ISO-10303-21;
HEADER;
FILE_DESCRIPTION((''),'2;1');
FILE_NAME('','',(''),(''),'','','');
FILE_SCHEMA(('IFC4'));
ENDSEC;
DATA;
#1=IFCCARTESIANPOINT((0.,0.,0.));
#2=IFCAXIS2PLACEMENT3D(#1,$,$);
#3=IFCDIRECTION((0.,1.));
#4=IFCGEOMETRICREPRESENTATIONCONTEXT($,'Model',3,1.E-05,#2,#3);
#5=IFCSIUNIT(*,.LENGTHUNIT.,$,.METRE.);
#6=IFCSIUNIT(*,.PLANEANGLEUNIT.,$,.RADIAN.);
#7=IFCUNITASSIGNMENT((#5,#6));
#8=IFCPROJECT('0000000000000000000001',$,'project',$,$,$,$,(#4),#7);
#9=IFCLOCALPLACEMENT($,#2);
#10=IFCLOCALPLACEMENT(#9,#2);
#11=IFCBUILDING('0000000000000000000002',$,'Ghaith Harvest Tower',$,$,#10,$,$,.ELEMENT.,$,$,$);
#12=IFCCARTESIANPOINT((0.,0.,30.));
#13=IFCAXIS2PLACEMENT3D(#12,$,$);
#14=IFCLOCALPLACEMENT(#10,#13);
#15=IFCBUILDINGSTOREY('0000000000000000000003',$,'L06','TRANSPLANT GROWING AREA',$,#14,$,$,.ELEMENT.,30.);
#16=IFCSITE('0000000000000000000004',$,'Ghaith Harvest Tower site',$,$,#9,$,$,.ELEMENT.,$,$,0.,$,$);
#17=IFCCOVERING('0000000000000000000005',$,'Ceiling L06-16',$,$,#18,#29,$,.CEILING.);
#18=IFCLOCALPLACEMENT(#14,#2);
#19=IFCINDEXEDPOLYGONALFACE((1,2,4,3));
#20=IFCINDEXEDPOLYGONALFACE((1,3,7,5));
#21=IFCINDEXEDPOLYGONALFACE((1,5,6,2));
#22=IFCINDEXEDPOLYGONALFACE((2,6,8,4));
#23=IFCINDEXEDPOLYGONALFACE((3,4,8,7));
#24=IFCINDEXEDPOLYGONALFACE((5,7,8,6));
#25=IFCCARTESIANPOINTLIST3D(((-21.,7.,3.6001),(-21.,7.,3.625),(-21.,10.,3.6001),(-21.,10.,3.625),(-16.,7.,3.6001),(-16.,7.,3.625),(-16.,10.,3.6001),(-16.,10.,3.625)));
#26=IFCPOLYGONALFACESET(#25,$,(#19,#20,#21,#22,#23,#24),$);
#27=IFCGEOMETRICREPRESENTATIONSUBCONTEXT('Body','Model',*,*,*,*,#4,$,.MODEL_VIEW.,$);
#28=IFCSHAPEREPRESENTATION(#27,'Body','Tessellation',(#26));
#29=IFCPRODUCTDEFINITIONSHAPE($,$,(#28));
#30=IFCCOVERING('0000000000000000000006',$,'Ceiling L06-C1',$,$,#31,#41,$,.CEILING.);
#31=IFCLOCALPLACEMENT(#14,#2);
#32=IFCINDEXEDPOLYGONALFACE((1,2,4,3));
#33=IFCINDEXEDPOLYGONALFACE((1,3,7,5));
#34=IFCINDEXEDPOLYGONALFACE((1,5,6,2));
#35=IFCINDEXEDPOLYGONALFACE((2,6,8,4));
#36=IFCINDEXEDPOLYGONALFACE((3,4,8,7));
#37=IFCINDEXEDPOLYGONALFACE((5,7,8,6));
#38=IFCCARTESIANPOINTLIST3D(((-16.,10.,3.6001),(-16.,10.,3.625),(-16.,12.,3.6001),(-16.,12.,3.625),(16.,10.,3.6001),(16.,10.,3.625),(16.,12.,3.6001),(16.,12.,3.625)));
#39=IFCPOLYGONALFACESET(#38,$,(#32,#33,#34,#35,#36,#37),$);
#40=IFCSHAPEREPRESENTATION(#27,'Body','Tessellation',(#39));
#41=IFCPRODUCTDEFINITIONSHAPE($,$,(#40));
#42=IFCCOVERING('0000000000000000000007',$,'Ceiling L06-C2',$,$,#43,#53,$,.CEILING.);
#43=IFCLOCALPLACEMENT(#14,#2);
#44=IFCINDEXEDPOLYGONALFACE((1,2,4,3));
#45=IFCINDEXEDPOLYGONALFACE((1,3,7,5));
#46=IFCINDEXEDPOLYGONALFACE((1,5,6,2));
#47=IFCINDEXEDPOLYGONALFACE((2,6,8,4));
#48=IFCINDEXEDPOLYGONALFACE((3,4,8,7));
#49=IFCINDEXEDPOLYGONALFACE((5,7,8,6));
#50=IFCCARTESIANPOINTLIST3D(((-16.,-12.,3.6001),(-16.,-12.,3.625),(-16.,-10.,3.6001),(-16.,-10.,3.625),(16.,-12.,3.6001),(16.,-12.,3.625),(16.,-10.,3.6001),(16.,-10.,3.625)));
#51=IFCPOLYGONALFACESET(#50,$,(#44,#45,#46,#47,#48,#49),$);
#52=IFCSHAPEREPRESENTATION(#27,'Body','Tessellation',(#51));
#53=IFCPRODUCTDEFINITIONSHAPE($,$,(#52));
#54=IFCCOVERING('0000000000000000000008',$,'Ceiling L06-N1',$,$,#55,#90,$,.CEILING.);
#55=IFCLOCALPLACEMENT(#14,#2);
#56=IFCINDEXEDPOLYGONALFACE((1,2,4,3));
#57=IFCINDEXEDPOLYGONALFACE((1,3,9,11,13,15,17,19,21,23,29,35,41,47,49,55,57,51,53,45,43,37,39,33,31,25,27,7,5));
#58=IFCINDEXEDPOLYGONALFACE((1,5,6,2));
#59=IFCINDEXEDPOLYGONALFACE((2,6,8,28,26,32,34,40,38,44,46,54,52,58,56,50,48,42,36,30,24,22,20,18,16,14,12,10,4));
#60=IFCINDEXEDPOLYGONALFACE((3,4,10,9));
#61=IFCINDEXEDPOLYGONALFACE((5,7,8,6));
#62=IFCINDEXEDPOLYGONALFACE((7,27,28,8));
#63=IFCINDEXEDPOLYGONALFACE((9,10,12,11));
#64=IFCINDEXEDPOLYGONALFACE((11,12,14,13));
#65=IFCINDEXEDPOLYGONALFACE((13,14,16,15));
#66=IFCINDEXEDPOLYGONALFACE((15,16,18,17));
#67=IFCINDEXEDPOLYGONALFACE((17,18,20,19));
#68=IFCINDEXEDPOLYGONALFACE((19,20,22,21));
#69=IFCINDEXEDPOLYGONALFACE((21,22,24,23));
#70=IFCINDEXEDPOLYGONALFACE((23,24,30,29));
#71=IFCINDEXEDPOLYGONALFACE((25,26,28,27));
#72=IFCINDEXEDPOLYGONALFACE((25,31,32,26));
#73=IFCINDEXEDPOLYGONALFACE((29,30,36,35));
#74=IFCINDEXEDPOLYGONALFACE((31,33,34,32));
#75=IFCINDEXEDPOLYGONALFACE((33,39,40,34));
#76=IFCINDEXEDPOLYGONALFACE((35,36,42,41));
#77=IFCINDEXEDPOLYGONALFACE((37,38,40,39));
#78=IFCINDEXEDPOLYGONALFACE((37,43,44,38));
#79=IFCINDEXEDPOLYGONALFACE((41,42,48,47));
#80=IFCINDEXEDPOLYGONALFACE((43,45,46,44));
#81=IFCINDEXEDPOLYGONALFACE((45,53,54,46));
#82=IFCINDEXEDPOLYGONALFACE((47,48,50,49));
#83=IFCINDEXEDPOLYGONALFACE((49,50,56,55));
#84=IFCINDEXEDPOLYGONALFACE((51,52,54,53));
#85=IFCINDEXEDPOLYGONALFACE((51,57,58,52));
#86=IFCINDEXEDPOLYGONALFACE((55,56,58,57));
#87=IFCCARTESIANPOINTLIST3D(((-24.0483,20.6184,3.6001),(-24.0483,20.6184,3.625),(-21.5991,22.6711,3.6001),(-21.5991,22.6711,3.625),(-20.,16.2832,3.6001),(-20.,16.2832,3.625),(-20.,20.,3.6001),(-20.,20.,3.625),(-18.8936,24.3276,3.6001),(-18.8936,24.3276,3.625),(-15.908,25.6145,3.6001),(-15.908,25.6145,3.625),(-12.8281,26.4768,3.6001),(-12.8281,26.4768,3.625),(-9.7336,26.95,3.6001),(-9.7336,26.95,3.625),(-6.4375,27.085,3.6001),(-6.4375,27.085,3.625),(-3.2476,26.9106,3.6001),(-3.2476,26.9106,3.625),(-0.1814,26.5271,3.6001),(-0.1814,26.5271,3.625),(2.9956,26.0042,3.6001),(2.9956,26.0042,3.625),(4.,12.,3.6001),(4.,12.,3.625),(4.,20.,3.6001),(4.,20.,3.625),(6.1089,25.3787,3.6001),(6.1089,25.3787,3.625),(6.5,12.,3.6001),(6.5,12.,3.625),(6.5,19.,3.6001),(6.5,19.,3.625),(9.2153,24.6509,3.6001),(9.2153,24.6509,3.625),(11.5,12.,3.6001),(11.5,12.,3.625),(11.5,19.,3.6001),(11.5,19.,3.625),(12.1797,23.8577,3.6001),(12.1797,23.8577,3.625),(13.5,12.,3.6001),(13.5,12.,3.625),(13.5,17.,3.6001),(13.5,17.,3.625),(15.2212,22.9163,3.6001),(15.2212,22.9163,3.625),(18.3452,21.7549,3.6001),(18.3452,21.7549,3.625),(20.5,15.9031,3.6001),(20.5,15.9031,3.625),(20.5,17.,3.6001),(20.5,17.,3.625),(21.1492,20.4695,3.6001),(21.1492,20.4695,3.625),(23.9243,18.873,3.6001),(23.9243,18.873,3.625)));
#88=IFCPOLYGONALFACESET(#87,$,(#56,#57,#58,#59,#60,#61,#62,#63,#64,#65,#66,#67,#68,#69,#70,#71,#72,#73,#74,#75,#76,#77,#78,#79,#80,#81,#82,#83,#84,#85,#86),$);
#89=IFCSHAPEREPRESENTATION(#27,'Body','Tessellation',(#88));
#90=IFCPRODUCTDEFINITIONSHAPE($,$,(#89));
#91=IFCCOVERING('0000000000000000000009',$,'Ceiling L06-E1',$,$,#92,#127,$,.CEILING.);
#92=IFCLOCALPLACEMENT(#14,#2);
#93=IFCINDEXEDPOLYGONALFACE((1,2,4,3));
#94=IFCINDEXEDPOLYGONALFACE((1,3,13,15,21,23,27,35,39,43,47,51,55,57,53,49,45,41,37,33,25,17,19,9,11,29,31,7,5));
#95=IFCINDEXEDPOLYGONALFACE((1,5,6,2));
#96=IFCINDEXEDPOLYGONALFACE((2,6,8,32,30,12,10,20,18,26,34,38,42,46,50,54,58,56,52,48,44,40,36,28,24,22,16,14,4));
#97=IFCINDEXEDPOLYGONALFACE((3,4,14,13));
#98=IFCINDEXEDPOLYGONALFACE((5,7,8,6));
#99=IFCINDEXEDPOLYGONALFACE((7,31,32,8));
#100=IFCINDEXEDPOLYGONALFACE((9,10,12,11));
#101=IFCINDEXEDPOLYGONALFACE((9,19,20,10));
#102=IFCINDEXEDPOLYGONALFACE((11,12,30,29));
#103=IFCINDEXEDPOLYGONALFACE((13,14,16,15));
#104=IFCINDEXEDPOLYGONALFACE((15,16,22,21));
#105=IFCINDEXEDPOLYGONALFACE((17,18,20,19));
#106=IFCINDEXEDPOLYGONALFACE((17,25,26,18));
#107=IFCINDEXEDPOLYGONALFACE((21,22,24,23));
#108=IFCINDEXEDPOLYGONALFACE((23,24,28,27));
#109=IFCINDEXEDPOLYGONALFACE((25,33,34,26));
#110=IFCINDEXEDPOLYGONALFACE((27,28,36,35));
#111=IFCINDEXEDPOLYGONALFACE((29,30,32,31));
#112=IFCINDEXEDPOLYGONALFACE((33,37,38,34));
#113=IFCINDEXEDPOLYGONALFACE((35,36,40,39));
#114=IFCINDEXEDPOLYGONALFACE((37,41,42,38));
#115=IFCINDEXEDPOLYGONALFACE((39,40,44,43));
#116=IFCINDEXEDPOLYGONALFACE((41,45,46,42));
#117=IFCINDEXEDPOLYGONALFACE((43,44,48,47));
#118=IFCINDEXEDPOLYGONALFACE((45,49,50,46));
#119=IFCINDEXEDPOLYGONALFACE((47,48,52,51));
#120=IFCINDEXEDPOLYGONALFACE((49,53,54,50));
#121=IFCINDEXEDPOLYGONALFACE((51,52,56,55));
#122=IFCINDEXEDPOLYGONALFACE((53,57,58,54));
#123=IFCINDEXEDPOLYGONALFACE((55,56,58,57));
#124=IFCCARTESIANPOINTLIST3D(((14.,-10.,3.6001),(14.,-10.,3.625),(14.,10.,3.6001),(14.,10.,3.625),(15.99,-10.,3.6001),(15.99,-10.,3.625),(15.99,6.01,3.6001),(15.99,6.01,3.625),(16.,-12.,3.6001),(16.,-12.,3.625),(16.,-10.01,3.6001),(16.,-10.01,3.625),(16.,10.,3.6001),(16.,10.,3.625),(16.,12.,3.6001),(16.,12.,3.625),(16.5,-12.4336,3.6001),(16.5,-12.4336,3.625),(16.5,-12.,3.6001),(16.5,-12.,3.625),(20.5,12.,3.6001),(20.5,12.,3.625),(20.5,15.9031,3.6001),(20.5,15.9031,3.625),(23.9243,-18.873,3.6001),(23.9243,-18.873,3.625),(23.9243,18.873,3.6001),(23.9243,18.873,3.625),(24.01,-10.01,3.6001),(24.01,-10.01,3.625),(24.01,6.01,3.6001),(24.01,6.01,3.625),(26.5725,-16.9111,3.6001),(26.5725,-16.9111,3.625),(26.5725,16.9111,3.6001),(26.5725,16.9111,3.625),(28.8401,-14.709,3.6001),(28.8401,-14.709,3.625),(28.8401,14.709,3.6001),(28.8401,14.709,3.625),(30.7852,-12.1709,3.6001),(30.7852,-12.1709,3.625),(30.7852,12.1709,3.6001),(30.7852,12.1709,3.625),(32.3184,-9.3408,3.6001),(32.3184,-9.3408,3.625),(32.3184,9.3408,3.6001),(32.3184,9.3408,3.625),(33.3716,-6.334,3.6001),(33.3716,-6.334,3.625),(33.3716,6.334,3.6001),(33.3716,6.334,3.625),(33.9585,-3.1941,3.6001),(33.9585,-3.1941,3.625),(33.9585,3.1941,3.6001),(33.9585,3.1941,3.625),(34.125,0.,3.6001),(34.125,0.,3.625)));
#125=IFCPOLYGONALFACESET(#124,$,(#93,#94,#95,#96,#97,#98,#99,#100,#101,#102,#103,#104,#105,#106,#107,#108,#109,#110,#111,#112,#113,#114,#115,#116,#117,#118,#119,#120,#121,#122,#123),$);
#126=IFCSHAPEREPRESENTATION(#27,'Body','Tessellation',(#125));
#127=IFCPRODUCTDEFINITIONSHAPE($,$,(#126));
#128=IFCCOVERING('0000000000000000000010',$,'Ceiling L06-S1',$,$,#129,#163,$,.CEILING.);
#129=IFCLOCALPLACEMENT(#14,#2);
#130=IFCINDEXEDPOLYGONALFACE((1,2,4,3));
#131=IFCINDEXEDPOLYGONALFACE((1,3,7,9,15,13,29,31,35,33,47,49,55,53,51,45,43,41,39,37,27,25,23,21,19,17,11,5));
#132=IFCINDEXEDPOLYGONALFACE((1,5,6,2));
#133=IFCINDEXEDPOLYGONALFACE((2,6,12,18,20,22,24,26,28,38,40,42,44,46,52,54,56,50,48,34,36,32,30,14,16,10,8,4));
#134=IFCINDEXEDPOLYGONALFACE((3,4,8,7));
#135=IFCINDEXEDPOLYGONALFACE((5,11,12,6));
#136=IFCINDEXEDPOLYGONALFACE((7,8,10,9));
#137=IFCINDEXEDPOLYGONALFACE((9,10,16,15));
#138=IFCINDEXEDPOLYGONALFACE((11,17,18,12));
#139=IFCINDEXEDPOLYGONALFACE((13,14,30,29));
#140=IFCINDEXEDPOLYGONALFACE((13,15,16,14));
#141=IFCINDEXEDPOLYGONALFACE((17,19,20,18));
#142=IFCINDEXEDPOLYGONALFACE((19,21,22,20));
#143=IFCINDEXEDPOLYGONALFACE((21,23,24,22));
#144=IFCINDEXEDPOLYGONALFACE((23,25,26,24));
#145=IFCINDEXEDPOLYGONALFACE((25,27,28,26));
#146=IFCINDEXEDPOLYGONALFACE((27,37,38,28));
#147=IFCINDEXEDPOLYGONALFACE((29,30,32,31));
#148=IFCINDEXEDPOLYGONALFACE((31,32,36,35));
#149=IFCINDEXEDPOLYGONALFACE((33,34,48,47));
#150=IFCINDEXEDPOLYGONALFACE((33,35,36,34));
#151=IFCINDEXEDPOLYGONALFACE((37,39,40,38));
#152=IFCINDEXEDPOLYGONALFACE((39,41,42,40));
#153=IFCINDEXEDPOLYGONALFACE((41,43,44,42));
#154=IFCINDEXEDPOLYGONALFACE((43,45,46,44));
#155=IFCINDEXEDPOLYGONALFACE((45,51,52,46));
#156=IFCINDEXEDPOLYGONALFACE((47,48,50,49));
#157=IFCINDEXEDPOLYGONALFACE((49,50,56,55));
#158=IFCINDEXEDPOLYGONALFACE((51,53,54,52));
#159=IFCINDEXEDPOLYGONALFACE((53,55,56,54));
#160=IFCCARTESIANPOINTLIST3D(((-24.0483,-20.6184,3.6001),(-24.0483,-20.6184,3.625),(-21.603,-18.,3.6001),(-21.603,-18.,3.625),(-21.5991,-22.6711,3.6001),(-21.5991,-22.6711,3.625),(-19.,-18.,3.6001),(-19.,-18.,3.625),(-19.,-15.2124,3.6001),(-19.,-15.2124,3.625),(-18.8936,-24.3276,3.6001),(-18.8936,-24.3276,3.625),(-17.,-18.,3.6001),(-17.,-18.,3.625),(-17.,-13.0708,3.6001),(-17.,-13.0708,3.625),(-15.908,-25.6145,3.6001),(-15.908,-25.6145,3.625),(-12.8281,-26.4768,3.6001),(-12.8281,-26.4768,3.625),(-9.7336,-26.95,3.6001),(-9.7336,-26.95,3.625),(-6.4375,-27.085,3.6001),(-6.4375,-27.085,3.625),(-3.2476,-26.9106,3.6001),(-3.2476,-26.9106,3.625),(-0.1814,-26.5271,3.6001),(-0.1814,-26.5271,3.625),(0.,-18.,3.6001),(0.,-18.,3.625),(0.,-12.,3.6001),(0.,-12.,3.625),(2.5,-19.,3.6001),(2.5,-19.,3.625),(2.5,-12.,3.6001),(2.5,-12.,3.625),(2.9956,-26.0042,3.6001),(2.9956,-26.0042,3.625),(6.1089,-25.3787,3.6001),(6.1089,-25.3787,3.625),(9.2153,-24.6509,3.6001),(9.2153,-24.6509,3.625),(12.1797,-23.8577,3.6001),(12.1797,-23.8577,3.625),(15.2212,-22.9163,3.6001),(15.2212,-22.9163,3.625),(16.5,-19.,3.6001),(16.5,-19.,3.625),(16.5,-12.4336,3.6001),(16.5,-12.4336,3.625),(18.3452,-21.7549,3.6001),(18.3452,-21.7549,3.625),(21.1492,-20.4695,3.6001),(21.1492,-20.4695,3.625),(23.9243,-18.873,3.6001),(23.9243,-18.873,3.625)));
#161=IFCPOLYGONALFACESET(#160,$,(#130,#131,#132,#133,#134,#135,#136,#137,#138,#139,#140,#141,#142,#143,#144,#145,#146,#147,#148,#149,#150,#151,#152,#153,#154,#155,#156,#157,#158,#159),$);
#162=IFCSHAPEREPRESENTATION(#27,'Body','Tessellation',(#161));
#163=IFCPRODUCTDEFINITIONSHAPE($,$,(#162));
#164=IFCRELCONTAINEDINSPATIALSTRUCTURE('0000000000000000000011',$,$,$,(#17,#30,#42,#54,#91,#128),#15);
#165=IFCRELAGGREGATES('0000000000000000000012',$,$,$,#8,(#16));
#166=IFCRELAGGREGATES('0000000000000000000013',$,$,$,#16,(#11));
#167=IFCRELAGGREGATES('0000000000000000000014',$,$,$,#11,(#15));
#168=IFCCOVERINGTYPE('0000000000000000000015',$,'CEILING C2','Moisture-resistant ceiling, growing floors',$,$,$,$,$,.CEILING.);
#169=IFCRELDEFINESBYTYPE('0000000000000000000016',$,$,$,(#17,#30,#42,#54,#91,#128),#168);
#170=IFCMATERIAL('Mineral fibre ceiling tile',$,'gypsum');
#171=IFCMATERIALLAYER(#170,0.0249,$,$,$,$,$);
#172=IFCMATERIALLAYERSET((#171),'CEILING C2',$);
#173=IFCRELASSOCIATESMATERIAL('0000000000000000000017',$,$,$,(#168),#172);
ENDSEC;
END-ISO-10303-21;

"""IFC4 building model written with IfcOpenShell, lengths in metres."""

from ifc_helpers import new_model, si_unit, direction, frame, origin, place, context, subcontext, project, spatial, polyline, outline, extrude, material, layer, layer_set, type_object, element, save


model = new_model("IFC4")

# Units and contexts
model_context = context("Model", 3, precision=1e-05, world=origin(), true_north=direction((0.0, 1.0)))
body_context = subcontext(model_context, "Body", "Model", "MODEL_VIEW")
ifc_project = project(units=[si_unit("LENGTHUNIT", "METRE"), si_unit("PLANEANGLEUNIT", "RADIAN")], contexts=[model_context])

# Site, building, storey
site_placement = place(None, origin())
site = spatial("IfcSite", under=ifc_project, at=site_placement, Name="Ghaith Harvest Tower site", CompositionType="ELEMENT", RefElevation=0.0)
building_placement = place(site_placement, origin())
building = spatial("IfcBuilding", under=site, at=building_placement, Name="Ghaith Harvest Tower", CompositionType="ELEMENT")
storey_placement = place(building_placement, frame((0.0, 0.0, 30.0)))
storey = spatial("IfcBuildingStorey", under=building, at=storey_placement, Name="L06", Description="TRANSPLANT GROWING AREA", CompositionType="ELEMENT", Elevation=30.0)

# Coverings
ifc_material_1 = material(Name="Mineral fibre ceiling tile", Category="gypsum")
ifc_layer_1 = layer(ifc_material_1, 0.0249)
ifc_layer_set_1 = layer_set([ifc_layer_1], Name="CEILING C2")
covering_type = type_object("IfcCoveringType", Name="CEILING C2", Description="Moisture-resistant ceiling, growing floors", PredefinedType="CEILING", material=ifc_layer_set_1)
covering_1_placement = place(storey_placement, frame((0.0, 0.0, 3.6001)))
element("IfcCovering", 1, at=covering_1_placement, inside=storey, type_object=covering_type, Name="Ceiling L06-16", PredefinedType="CEILING", context=body_context, shape_type="SweptSolid", body=[
    extrude(outline(polyline([(-21.0, 7.0), (-16.0, 7.0), (-16.0, 10.0), (-21.0, 10.0), (-21.0, 7.0)])), origin(), (0.0, 0.0, 1.0), 0.0249),
])
covering_2_placement = place(storey_placement, frame((0.0, 0.0, 3.6001)))
element("IfcCovering", 2, at=covering_2_placement, inside=storey, type_object=covering_type, Name="Ceiling L06-C1", PredefinedType="CEILING", context=body_context, shape_type="SweptSolid", body=[
    extrude(outline(polyline([(16.0, 10.0), (-16.0, 10.0), (-16.0, 12.0), (16.0, 12.0), (16.0, 10.0)])), origin(), (0.0, 0.0, 1.0), 0.0249),
])
covering_3_placement = place(storey_placement, frame((0.0, 0.0, 3.6001)))
element("IfcCovering", 3, at=covering_3_placement, inside=storey, type_object=covering_type, Name="Ceiling L06-C2", PredefinedType="CEILING", context=body_context, shape_type="SweptSolid", body=[
    extrude(outline(polyline([(-16.0, -10.0), (16.0, -10.0), (16.0, -12.0), (-16.0, -12.0), (-16.0, -10.0)])), origin(), (0.0, 0.0, 1.0), 0.0249),
])
covering_4_placement = place(storey_placement, frame((0.0, 0.0, 3.6001)))
element("IfcCovering", 4, at=covering_4_placement, inside=storey, type_object=covering_type, Name="Ceiling L06-N1", PredefinedType="CEILING", context=body_context, shape_type="SweptSolid", body=[
    extrude(outline(polyline([(-21.5991, 22.6711), (-18.8936, 24.3276), (-15.908, 25.6145), (-12.8281, 26.4768), (-9.7336, 26.95), (-6.4375, 27.085), (-3.2476, 26.9106), (-0.1814, 26.5271), (2.9956, 26.0042), (6.1089, 25.3787), (9.2153, 24.6509), (12.1797, 23.8577), (15.2212, 22.9163), (18.3452, 21.7549), (21.1492, 20.4695), (23.9243, 18.873), (20.5, 15.9031), (20.5, 17.0), (13.5, 17.0), (13.5, 12.0), (11.5, 12.0), (11.5, 19.0), (6.5, 19.0), (6.5, 12.0), (4.0, 12.0), (4.0, 20.0), (-20.0, 20.0), (-20.0, 16.2832), (-24.0483, 20.6184), (-21.5991, 22.6711)])), origin(), (0.0, 0.0, 1.0), 0.0249),
])
covering_5_placement = place(storey_placement, frame((0.0, 0.0, 3.6001)))
element("IfcCovering", 5, at=covering_5_placement, inside=storey, type_object=covering_type, Name="Ceiling L06-E1", PredefinedType="CEILING", context=body_context, shape_type="SweptSolid", body=[
    extrude(outline(polyline([(28.8401, 14.709), (30.7852, 12.1709), (32.3184, 9.3408), (33.3716, 6.334), (33.9585, 3.1941), (34.125, 0.0), (33.9585, -3.1941), (33.3716, -6.334), (32.3184, -9.3408), (30.7852, -12.1709), (28.8401, -14.709), (26.5725, -16.9111), (23.9243, -18.873), (16.5, -12.4336), (16.5, -12.0), (16.0, -12.0), (16.0, -10.01), (24.01, -10.01), (24.01, 6.01), (15.99, 6.01), (15.99, -10.0), (14.0, -10.0), (14.0, 10.0), (16.0, 10.0), (16.0, 12.0), (20.5, 12.0), (20.5, 15.9031), (23.9243, 18.873), (26.5725, 16.9111), (28.8401, 14.709)])), origin(), (0.0, 0.0, 1.0), 0.0249),
])
covering_6_placement = place(storey_placement, frame((0.0, 0.0, 3.6001)))
element("IfcCovering", 6, at=covering_6_placement, inside=storey, type_object=covering_type, Name="Ceiling L06-S1", PredefinedType="CEILING", context=body_context, shape_type="SweptSolid", body=[
    extrude(outline(polyline([(-12.8281, -26.4768), (-15.908, -25.6145), (-18.8936, -24.3276), (-21.5991, -22.6711), (-24.0483, -20.6184), (-21.603, -18.0), (-19.0, -18.0), (-19.0, -15.2124), (-17.0, -13.0708), (-17.0, -18.0), (0.0, -18.0), (0.0, -12.0), (2.5, -12.0), (2.5, -19.0), (16.5, -19.0), (16.5, -12.4336), (23.9243, -18.873), (21.1492, -20.4695), (18.3452, -21.7549), (15.2212, -22.9163), (12.1797, -23.8577), (9.2153, -24.6509), (6.1089, -25.3787), (2.9956, -26.0042), (-0.1814, -26.5271), (-3.2476, -26.9106), (-6.4375, -27.085), (-9.7336, -26.95), (-12.8281, -26.4768)])), origin(), (0.0, 0.0, 1.0), 0.0249),
])

save(model, "model.ifc")
